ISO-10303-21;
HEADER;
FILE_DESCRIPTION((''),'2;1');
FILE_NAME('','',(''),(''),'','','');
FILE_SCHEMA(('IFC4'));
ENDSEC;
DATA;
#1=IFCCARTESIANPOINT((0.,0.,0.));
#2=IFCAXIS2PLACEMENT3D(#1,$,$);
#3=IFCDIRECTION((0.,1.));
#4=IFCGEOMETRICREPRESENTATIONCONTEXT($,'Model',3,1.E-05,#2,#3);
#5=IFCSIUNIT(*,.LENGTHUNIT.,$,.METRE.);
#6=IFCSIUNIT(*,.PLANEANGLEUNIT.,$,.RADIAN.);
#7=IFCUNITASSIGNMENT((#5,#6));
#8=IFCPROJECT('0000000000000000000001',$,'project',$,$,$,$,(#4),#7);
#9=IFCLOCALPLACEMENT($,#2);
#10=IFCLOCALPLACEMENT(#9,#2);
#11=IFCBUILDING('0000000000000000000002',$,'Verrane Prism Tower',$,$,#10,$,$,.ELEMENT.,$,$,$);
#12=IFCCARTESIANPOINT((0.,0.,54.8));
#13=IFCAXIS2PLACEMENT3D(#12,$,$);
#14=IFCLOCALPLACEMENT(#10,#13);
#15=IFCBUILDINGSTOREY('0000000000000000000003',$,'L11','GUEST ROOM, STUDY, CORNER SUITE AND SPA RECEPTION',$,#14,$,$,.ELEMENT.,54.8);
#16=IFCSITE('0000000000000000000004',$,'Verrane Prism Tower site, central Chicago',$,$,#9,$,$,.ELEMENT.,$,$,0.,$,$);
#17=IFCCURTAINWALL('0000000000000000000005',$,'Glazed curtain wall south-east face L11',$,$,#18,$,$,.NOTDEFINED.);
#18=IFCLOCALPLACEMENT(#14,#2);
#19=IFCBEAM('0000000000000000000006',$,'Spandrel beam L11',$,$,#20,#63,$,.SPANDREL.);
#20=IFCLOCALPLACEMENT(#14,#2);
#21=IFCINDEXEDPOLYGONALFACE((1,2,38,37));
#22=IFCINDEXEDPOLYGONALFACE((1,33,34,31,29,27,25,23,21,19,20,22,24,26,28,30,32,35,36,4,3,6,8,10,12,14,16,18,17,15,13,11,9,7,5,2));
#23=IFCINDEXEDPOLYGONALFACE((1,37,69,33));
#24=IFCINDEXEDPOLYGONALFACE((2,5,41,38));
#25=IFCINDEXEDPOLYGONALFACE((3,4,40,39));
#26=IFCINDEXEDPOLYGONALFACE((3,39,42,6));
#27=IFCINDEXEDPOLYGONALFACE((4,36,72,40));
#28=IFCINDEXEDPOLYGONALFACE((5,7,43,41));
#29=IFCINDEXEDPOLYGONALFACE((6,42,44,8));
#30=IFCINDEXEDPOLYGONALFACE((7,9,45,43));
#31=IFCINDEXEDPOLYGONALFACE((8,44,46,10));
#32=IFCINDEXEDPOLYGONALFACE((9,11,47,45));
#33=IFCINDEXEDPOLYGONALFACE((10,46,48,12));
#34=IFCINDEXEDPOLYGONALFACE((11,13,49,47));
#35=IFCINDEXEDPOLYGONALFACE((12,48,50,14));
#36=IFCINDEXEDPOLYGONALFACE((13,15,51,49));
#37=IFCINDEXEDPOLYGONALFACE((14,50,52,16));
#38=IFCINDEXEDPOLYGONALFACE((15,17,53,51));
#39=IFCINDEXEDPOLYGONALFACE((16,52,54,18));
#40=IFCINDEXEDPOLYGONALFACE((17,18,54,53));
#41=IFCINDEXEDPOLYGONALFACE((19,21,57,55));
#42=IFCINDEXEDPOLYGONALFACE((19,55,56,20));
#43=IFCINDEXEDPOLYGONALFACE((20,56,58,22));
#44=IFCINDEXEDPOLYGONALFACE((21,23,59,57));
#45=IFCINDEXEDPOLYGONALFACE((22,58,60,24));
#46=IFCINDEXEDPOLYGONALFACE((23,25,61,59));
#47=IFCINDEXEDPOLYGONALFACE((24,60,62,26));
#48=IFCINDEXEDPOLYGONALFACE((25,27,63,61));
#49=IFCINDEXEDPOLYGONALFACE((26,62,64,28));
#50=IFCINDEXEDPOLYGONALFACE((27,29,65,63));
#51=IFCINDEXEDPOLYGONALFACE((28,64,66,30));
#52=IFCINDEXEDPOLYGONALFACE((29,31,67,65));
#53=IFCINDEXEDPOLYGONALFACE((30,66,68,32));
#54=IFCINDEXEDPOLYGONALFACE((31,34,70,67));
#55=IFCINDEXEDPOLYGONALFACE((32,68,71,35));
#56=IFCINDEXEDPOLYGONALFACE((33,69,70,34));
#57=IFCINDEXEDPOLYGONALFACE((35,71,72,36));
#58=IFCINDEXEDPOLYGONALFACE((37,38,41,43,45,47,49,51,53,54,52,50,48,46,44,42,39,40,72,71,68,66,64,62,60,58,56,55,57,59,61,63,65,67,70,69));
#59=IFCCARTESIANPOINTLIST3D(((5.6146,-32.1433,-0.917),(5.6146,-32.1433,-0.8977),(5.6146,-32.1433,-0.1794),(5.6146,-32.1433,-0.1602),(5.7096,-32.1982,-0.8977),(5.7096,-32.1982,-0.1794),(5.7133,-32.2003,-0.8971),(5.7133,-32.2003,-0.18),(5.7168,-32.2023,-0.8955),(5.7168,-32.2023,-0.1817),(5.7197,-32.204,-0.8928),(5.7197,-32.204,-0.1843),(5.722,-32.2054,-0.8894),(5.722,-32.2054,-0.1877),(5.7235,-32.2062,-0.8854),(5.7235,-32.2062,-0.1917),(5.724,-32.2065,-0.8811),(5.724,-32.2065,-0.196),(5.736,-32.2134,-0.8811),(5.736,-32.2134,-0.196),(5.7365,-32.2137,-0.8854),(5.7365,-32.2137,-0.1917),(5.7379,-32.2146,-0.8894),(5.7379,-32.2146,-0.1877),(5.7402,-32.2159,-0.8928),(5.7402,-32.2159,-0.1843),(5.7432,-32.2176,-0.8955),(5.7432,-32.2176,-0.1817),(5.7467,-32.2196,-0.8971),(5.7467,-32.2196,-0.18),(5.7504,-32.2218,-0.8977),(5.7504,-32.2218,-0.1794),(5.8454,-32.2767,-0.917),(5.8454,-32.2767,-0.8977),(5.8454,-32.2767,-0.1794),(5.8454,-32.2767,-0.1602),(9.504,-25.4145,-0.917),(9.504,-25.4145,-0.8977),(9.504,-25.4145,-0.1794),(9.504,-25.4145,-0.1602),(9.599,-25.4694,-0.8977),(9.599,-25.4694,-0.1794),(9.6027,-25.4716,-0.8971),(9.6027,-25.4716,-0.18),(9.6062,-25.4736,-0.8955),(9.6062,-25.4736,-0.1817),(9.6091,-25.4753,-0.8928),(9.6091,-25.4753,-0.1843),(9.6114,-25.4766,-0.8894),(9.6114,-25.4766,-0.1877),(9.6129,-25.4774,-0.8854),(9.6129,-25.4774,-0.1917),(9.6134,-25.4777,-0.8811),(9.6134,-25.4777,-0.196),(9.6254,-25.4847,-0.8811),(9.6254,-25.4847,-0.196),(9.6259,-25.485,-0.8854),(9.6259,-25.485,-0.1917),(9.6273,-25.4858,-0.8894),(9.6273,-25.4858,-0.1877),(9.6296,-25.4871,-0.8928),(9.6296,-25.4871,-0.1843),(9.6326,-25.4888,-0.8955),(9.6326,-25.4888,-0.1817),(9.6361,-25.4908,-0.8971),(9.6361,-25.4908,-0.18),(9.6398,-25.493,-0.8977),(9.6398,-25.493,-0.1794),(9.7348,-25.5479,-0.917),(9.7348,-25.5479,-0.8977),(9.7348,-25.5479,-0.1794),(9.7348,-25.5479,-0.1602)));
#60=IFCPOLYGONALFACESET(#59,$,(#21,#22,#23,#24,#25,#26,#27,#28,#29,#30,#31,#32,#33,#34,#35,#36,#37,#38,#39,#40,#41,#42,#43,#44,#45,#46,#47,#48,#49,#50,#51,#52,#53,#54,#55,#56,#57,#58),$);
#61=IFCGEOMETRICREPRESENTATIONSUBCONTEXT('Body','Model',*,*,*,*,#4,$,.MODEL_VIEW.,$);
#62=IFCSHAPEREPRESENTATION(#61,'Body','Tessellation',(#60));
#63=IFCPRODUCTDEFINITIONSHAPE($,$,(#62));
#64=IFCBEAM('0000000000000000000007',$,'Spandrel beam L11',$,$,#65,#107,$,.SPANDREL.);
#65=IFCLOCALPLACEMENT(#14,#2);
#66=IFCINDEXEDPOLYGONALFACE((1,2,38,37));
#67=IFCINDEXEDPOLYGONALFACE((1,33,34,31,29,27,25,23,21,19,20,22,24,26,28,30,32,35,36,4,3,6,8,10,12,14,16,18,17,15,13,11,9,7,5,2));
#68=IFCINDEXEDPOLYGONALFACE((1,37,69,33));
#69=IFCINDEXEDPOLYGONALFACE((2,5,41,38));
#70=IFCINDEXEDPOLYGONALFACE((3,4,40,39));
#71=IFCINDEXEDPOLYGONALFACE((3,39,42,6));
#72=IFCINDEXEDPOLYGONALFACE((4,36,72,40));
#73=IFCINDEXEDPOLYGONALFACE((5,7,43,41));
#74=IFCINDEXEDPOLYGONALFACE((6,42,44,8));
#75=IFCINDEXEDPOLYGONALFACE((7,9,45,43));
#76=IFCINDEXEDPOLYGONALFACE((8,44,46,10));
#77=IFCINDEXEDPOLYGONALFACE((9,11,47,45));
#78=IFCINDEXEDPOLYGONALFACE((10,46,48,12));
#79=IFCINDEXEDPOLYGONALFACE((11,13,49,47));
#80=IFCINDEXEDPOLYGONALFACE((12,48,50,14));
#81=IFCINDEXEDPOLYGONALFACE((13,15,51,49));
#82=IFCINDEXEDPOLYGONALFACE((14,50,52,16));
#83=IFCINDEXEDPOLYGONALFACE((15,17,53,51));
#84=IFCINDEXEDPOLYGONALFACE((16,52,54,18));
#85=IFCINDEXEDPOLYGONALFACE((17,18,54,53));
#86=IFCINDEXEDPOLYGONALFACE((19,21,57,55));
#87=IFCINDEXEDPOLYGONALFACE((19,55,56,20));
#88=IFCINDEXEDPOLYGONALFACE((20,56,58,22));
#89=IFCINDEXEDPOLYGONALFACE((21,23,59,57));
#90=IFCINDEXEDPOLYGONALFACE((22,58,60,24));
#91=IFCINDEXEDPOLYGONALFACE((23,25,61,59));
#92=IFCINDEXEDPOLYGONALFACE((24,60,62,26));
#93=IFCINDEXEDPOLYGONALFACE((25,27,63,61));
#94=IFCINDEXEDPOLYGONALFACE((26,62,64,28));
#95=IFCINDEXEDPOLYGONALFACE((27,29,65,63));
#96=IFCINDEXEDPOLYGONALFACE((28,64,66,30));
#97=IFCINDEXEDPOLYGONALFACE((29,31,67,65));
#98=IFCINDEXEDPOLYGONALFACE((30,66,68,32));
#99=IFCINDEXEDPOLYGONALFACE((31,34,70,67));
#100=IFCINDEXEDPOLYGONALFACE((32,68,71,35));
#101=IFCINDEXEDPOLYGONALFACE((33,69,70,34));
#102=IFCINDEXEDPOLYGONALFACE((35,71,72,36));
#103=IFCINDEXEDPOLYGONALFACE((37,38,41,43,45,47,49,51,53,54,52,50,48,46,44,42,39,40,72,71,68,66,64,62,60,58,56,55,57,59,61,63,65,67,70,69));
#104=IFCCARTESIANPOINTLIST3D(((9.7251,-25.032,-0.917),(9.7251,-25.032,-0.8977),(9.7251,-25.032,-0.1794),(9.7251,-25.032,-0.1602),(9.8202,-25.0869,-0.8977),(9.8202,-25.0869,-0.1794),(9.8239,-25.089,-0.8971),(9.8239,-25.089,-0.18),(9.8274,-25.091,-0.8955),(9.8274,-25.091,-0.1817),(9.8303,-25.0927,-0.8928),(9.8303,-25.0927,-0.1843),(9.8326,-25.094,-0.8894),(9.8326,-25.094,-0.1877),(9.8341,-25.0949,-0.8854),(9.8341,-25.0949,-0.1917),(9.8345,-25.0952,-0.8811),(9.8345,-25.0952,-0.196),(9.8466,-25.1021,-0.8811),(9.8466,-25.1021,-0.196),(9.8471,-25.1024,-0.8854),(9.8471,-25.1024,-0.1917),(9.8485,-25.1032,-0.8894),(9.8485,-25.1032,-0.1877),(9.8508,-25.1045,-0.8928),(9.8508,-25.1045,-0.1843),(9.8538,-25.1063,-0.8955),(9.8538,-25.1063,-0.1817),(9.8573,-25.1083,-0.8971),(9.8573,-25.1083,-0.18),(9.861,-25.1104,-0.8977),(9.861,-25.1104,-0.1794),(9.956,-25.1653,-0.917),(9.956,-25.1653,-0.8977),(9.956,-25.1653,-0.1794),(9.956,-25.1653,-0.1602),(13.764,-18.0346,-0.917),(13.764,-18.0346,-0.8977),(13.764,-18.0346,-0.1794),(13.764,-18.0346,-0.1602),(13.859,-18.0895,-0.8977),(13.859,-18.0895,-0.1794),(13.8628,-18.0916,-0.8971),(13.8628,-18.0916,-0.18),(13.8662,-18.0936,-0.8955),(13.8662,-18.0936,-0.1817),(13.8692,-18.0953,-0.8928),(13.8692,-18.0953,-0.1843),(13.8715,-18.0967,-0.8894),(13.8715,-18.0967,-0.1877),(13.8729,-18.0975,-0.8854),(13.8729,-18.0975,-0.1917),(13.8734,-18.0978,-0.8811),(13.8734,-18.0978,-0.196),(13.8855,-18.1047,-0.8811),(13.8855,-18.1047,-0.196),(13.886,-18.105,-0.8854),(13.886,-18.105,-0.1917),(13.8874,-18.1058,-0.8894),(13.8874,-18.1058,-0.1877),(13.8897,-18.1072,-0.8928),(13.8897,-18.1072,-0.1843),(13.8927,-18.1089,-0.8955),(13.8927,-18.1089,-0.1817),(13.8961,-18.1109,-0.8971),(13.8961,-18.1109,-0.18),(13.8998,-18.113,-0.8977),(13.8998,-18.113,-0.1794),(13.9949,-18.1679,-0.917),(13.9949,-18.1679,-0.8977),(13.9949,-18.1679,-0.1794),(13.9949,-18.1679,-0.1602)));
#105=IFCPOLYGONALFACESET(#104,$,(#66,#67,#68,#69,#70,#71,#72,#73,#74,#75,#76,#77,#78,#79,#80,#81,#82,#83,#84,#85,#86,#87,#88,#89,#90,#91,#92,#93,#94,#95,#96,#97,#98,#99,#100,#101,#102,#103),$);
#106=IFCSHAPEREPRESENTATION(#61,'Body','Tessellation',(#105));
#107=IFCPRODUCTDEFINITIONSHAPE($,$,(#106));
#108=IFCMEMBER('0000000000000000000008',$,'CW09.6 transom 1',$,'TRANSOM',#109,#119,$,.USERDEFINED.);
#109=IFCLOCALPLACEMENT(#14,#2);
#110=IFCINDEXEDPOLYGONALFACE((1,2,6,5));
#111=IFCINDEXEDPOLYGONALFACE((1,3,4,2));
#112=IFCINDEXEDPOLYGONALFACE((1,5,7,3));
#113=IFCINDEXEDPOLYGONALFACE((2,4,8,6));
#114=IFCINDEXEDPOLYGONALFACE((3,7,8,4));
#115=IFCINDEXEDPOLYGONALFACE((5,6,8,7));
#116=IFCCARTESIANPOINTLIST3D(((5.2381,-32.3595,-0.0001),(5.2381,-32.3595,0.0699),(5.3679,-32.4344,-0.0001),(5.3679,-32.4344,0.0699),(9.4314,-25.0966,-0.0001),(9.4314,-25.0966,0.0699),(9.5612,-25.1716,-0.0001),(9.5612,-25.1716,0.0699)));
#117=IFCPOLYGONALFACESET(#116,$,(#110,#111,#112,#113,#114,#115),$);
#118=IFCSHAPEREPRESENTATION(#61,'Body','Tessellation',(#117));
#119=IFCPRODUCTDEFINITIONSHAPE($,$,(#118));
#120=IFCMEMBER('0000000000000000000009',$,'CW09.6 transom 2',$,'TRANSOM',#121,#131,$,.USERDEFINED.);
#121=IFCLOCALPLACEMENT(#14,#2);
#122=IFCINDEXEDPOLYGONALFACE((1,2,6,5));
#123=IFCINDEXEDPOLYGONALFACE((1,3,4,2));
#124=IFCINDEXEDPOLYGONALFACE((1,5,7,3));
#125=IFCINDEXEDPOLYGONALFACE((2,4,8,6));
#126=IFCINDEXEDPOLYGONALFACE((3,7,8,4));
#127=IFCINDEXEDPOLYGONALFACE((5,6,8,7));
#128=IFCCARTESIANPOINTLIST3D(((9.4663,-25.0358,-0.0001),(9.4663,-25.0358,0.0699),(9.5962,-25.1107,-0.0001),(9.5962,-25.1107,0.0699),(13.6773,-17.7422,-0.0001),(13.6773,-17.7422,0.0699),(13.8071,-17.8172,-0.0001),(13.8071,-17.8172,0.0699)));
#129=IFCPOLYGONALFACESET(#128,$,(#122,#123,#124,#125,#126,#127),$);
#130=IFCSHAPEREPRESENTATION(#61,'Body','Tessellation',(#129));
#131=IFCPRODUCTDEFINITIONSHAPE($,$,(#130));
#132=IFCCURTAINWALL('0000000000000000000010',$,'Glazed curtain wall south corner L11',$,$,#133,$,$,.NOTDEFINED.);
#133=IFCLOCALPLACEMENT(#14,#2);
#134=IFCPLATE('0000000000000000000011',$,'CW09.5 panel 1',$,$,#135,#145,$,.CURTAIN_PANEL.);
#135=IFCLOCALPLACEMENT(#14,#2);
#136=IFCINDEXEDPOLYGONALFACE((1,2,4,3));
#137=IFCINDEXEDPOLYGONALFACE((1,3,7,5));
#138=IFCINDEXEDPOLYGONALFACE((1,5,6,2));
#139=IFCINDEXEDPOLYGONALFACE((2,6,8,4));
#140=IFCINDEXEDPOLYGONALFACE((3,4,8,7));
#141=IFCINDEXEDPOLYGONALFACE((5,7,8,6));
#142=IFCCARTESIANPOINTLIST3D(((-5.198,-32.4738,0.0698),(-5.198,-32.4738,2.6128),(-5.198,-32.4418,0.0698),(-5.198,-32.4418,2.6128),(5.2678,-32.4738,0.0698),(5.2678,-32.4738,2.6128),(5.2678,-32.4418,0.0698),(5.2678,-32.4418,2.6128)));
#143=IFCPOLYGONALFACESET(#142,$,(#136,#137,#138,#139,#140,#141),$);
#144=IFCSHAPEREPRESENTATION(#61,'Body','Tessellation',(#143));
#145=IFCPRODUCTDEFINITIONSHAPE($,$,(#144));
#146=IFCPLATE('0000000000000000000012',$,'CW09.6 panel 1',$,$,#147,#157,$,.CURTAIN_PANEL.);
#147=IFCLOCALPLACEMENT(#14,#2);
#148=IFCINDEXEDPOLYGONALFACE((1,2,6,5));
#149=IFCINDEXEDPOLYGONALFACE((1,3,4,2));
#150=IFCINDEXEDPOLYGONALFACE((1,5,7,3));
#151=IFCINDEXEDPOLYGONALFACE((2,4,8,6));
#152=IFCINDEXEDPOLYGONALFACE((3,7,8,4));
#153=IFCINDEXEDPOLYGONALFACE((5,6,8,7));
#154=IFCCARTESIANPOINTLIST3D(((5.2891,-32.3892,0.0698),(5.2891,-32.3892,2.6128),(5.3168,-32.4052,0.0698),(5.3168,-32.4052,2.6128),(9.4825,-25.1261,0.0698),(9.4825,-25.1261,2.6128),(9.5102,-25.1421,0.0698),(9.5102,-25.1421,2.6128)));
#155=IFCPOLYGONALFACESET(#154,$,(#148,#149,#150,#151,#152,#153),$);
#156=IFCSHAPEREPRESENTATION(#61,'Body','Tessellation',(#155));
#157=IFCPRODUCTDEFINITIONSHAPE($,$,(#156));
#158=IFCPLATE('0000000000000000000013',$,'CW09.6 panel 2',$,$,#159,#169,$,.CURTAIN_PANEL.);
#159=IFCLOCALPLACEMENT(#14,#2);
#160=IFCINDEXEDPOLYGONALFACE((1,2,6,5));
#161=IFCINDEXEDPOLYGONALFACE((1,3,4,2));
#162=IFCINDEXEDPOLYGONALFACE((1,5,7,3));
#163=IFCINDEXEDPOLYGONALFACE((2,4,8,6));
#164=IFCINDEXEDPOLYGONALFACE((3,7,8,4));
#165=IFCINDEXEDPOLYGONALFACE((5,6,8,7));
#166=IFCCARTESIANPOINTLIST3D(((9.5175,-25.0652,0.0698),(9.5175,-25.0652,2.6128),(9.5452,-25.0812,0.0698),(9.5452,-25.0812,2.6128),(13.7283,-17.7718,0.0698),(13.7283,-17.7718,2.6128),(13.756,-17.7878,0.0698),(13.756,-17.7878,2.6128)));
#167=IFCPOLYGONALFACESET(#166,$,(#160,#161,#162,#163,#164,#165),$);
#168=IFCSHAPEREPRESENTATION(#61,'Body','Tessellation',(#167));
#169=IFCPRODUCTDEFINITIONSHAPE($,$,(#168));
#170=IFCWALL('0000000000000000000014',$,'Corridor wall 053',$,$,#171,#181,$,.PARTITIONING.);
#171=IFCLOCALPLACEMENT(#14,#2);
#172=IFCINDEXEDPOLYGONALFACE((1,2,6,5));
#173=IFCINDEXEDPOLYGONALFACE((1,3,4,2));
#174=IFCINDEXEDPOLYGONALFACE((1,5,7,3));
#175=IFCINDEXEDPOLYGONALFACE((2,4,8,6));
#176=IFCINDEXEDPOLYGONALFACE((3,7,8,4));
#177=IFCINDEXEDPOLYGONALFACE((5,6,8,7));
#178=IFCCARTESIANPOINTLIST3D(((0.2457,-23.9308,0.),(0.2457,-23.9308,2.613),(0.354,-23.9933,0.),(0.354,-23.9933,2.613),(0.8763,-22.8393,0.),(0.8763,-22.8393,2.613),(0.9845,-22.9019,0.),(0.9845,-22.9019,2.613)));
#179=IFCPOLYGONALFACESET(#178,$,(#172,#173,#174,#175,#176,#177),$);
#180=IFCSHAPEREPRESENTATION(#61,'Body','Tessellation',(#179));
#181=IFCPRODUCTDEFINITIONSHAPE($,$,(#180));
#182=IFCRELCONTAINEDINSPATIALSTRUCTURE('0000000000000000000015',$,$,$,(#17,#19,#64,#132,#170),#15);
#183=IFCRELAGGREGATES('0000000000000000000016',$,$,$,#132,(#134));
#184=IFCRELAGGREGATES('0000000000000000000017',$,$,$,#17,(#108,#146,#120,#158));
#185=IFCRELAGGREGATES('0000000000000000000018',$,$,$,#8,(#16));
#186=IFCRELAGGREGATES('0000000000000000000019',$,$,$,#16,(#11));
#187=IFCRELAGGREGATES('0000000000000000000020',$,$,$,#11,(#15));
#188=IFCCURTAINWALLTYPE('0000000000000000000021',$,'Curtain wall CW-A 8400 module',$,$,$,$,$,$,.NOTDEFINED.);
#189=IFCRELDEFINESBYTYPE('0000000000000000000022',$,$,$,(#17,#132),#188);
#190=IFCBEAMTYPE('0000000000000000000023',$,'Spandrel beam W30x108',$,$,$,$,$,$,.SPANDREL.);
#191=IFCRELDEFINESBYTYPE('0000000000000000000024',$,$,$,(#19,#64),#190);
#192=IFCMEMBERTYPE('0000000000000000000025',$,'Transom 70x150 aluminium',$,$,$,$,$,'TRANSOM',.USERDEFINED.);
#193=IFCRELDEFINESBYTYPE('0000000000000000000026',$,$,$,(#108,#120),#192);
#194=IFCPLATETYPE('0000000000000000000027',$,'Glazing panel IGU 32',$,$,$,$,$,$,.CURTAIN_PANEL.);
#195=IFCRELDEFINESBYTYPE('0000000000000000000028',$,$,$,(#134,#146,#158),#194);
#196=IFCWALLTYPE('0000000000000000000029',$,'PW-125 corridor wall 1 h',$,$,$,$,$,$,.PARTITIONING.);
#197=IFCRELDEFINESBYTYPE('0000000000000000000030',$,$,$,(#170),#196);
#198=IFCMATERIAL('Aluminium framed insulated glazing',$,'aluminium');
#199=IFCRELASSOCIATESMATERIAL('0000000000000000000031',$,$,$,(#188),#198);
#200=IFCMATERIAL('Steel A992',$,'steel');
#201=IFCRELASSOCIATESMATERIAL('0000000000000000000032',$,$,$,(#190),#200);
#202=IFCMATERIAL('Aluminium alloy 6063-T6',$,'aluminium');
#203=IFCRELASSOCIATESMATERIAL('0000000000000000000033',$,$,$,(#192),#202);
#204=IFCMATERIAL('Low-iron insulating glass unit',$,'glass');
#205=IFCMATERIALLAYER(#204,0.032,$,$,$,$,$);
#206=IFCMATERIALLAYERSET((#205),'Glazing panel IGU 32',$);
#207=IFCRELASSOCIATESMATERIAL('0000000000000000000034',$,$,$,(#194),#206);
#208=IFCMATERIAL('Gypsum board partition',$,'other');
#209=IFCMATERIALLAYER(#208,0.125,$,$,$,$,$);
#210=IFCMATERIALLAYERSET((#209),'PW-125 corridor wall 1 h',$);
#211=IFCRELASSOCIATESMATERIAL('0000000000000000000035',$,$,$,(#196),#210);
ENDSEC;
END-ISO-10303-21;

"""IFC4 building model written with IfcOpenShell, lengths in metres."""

from ifc_helpers import new_model, si_unit, direction, frame, frame_2d, origin, origin_2d, place, context, subcontext, project, spatial, rectangle, i_section, extrude, material, layer, layer_set, material_profile, profile_set, type_object, element, aggregate, save


model = new_model("IFC4")

# Units and contexts
model_context = context("Model", 3, precision=1e-05, world=origin(), true_north=direction((0.0, 1.0)))
body_context = subcontext(model_context, "Body", "Model", "MODEL_VIEW")
ifc_project = project(units=[si_unit("LENGTHUNIT", "METRE"), si_unit("PLANEANGLEUNIT", "RADIAN")], contexts=[model_context])

# Site, building, storey
site_placement = place(None, origin())
site = spatial("IfcSite", under=ifc_project, at=site_placement, Name="Verrane Prism Tower site, central Chicago", CompositionType="ELEMENT", RefElevation=0.0)
building_placement = place(site_placement, origin())
building = spatial("IfcBuilding", under=site, at=building_placement, Name="Verrane Prism Tower", CompositionType="ELEMENT")
storey_placement = place(building_placement, frame((0.0, 0.0, 54.8)))
storey = spatial("IfcBuildingStorey", under=building, at=storey_placement, Name="L11", Description="GUEST ROOM, STUDY, CORNER SUITE AND SPA RECEPTION", CompositionType="ELEMENT", Elevation=54.8)

# Curtain wall
ifc_material_1 = material(Name="Aluminium framed insulated glazing", Category="aluminium")
curtain_wall_type = type_object("IfcCurtainWallType", Name="Curtain wall CW-A 8400 module", PredefinedType="NOTDEFINED", material=ifc_material_1)
curtain_wall_1_placement = place(storey_placement, origin())
curtain_wall_1 = element("IfcCurtainWall", 1, at=curtain_wall_1_placement, inside=storey, type_object=curtain_wall_type, Name="Glazed curtain wall south-east face L11", PredefinedType="NOTDEFINED")

# Beams
ifc_material_2 = material(Name="Steel A992", Category="steel")
ifc_material_profile_1 = material_profile(ifc_material_2, i_section(OverallWidth=0.2666, OverallDepth=0.7568, WebThickness=0.0139, FlangeThickness=0.0193, FilletRadius=0.0166, at=origin_2d()), Name="W30x108")
ifc_profile_set_1 = profile_set([ifc_material_profile_1], Name="Steel A992")
beam_type_1 = type_object("IfcBeamType", Name="Spandrel beam W30x108", PredefinedType="SPANDREL", material=ifc_profile_set_1)
beam_1_placement = place(storey_placement, frame((5.73, -32.21, -0.5386), z_axis=(0.500439, 0.865772, 0.0), x_axis=(-0.865772, 0.500439, 0.0)))
element("IfcBeam", 2, at=beam_1_placement, inside=storey, type_object=beam_type_1, Name="Spandrel beam L11", PredefinedType="SPANDREL", context=body_context, shape_type="SweptSolid", body=[
    extrude(i_section(OverallWidth=0.2666, OverallDepth=0.7568, WebThickness=0.0139, FlangeThickness=0.0193, FilletRadius=0.0166, at=origin_2d()), origin(), (0.0, 0.0, 1.0), 7.772),
])
beam_2_placement = place(storey_placement, frame((9.8406, -25.0986, -0.5386), z_axis=(0.499899, 0.866083, 0.0), x_axis=(-0.866083, 0.499899, 0.0)))
element("IfcBeam", 3, at=beam_2_placement, inside=storey, type_object=beam_type_1, Name="Spandrel beam L11", PredefinedType="SPANDREL", context=body_context, shape_type="SweptSolid", body=[
    extrude(i_section(OverallWidth=0.2666, OverallDepth=0.7568, WebThickness=0.0139, FlangeThickness=0.0193, FilletRadius=0.0166, at=origin_2d()), origin(), (0.0, 0.0, 1.0), 8.0793),
])

# Members
ifc_material_3 = material(Name="Aluminium alloy 6063-T6", Category="aluminium")
ifc_material_profile_2 = material_profile(ifc_material_3, rectangle(XDim=0.1499, YDim=0.0701, at=origin_2d()), Name="Transom 70x150 aluminium")
ifc_profile_set_2 = profile_set([ifc_material_profile_2], Name="Aluminium alloy 6063-T6")
member_type_1 = type_object("IfcMemberType", Name="Transom 70x150 aluminium", ElementType="TRANSOM", PredefinedType="USERDEFINED", material=ifc_profile_set_2)
member_1_placement = place(storey_placement, frame((5.303, -32.397, 0.0349), z_axis=(0.500009, 0.86602, 0.0), x_axis=(-0.86602, 0.500009, 0.0)))
member_1 = element("IfcMember", 4, at=member_1_placement, type_object=member_type_1, Name="CW09.6 transom 1", ObjectType="TRANSOM", PredefinedType="USERDEFINED", context=body_context, shape_type="SweptSolid", body=[
    extrude(rectangle(XDim=0.1499, YDim=0.0701, at=origin_2d()), origin(), (0.0, 0.0, 1.0), 8.3865),
])
member_2_placement = place(storey_placement, frame((9.5312, -25.0732, 0.0349), z_axis=(0.500005, 0.866022, 0.0), x_axis=(-0.866022, 0.500005, 0.0)))
member_2 = element("IfcMember", 5, at=member_2_placement, type_object=member_type_1, Name="CW09.6 transom 2", ObjectType="TRANSOM", PredefinedType="USERDEFINED", context=body_context, shape_type="SweptSolid", body=[
    extrude(rectangle(XDim=0.1499, YDim=0.0701, at=origin_2d()), origin(), (0.0, 0.0, 1.0), 8.4219),
])

# Curtain wall, plate
curtain_wall_2_placement = place(storey_placement, origin())
curtain_wall_2 = element("IfcCurtainWall", 6, at=curtain_wall_2_placement, inside=storey, type_object=curtain_wall_type, Name="Glazed curtain wall south corner L11", PredefinedType="NOTDEFINED")
ifc_material_4 = material(Name="Low-iron insulating glass unit", Category="glass")
ifc_layer_1 = layer(ifc_material_4, 0.032)
ifc_layer_set_1 = layer_set([ifc_layer_1], Name="Glazing panel IGU 32")
plate_type = type_object("IfcPlateType", Name="Glazing panel IGU 32", PredefinedType="CURTAIN_PANEL", material=ifc_layer_set_1)
plate_1_placement = place(storey_placement, frame((0.0349, -32.4578, 0.0698), z_axis=(0.0, 0.0, 1.0), x_axis=(1.0, 0.0, 0.0)))
plate_1 = element("IfcPlate", 7, at=plate_1_placement, type_object=plate_type, Name="CW09.5 panel 1", PredefinedType="CURTAIN_PANEL", context=body_context, shape_type="SweptSolid", body=[
    extrude(rectangle(XDim=10.4658, YDim=0.032, at=origin_2d()), origin(), (0.0, 0.0, 1.0), 2.543),
])
aggregate(curtain_wall_2, [plate_1])

# Plates
plate_2_placement = place(storey_placement, frame((7.3997, -28.7656, 0.0698), z_axis=(0.0, 0.0, 1.0), x_axis=(0.499999, 0.866026, 0.0)))
plate_2 = element("IfcPlate", 8, at=plate_2_placement, type_object=plate_type, Name="CW09.6 panel 1", PredefinedType="CURTAIN_PANEL", context=body_context, shape_type="SweptSolid", body=[
    extrude(rectangle(XDim=8.3867, YDim=0.032, at=origin_2d()), origin(), (0.0, 0.0, 1.0), 2.543),
])
plate_3_placement = place(storey_placement, frame((11.6367, -21.4265, 0.0698), z_axis=(0.0, 0.0, 1.0), x_axis=(0.499999, 0.866026, 0.0)))
plate_3 = element("IfcPlate", 9, at=plate_3_placement, type_object=plate_type, Name="CW09.6 panel 2", PredefinedType="CURTAIN_PANEL", context=body_context, shape_type="SweptSolid", body=[
    extrude(rectangle(XDim=8.4216, YDim=0.032, at=origin_2d()), origin(), (0.0, 0.0, 1.0), 2.543),
])
aggregate(curtain_wall_1, [member_1, plate_2, member_2, plate_3])

# Wall
ifc_material_5 = material(Name="Gypsum board partition", Category="other")
ifc_layer_2 = layer(ifc_material_5, 0.125)
ifc_layer_set_2 = layer_set([ifc_layer_2], Name="PW-125 corridor wall 1 h")
wall_type_1 = type_object("IfcWallType", Name="PW-125 corridor wall 1 h", PredefinedType="PARTITIONING", material=ifc_layer_set_2)
wall_1_placement = place(storey_placement, frame((0.2998, -23.9622, 0.0), z_axis=(0.0, 0.0, 1.0), x_axis=(0.500242, 0.865886, 0.0)))
element("IfcWall", 10, at=wall_1_placement, inside=storey, type_object=wall_type_1, Name="Corridor wall 053", PredefinedType="PARTITIONING", context=body_context, shape_type="SweptSolid", body=[
    extrude(rectangle(XDim=1.2605, YDim=0.125, at=frame_2d((0.6304, 0.0))), origin(), (0.0, 0.0, 1.0), 2.613),
])

save(model, "model.ifc")
